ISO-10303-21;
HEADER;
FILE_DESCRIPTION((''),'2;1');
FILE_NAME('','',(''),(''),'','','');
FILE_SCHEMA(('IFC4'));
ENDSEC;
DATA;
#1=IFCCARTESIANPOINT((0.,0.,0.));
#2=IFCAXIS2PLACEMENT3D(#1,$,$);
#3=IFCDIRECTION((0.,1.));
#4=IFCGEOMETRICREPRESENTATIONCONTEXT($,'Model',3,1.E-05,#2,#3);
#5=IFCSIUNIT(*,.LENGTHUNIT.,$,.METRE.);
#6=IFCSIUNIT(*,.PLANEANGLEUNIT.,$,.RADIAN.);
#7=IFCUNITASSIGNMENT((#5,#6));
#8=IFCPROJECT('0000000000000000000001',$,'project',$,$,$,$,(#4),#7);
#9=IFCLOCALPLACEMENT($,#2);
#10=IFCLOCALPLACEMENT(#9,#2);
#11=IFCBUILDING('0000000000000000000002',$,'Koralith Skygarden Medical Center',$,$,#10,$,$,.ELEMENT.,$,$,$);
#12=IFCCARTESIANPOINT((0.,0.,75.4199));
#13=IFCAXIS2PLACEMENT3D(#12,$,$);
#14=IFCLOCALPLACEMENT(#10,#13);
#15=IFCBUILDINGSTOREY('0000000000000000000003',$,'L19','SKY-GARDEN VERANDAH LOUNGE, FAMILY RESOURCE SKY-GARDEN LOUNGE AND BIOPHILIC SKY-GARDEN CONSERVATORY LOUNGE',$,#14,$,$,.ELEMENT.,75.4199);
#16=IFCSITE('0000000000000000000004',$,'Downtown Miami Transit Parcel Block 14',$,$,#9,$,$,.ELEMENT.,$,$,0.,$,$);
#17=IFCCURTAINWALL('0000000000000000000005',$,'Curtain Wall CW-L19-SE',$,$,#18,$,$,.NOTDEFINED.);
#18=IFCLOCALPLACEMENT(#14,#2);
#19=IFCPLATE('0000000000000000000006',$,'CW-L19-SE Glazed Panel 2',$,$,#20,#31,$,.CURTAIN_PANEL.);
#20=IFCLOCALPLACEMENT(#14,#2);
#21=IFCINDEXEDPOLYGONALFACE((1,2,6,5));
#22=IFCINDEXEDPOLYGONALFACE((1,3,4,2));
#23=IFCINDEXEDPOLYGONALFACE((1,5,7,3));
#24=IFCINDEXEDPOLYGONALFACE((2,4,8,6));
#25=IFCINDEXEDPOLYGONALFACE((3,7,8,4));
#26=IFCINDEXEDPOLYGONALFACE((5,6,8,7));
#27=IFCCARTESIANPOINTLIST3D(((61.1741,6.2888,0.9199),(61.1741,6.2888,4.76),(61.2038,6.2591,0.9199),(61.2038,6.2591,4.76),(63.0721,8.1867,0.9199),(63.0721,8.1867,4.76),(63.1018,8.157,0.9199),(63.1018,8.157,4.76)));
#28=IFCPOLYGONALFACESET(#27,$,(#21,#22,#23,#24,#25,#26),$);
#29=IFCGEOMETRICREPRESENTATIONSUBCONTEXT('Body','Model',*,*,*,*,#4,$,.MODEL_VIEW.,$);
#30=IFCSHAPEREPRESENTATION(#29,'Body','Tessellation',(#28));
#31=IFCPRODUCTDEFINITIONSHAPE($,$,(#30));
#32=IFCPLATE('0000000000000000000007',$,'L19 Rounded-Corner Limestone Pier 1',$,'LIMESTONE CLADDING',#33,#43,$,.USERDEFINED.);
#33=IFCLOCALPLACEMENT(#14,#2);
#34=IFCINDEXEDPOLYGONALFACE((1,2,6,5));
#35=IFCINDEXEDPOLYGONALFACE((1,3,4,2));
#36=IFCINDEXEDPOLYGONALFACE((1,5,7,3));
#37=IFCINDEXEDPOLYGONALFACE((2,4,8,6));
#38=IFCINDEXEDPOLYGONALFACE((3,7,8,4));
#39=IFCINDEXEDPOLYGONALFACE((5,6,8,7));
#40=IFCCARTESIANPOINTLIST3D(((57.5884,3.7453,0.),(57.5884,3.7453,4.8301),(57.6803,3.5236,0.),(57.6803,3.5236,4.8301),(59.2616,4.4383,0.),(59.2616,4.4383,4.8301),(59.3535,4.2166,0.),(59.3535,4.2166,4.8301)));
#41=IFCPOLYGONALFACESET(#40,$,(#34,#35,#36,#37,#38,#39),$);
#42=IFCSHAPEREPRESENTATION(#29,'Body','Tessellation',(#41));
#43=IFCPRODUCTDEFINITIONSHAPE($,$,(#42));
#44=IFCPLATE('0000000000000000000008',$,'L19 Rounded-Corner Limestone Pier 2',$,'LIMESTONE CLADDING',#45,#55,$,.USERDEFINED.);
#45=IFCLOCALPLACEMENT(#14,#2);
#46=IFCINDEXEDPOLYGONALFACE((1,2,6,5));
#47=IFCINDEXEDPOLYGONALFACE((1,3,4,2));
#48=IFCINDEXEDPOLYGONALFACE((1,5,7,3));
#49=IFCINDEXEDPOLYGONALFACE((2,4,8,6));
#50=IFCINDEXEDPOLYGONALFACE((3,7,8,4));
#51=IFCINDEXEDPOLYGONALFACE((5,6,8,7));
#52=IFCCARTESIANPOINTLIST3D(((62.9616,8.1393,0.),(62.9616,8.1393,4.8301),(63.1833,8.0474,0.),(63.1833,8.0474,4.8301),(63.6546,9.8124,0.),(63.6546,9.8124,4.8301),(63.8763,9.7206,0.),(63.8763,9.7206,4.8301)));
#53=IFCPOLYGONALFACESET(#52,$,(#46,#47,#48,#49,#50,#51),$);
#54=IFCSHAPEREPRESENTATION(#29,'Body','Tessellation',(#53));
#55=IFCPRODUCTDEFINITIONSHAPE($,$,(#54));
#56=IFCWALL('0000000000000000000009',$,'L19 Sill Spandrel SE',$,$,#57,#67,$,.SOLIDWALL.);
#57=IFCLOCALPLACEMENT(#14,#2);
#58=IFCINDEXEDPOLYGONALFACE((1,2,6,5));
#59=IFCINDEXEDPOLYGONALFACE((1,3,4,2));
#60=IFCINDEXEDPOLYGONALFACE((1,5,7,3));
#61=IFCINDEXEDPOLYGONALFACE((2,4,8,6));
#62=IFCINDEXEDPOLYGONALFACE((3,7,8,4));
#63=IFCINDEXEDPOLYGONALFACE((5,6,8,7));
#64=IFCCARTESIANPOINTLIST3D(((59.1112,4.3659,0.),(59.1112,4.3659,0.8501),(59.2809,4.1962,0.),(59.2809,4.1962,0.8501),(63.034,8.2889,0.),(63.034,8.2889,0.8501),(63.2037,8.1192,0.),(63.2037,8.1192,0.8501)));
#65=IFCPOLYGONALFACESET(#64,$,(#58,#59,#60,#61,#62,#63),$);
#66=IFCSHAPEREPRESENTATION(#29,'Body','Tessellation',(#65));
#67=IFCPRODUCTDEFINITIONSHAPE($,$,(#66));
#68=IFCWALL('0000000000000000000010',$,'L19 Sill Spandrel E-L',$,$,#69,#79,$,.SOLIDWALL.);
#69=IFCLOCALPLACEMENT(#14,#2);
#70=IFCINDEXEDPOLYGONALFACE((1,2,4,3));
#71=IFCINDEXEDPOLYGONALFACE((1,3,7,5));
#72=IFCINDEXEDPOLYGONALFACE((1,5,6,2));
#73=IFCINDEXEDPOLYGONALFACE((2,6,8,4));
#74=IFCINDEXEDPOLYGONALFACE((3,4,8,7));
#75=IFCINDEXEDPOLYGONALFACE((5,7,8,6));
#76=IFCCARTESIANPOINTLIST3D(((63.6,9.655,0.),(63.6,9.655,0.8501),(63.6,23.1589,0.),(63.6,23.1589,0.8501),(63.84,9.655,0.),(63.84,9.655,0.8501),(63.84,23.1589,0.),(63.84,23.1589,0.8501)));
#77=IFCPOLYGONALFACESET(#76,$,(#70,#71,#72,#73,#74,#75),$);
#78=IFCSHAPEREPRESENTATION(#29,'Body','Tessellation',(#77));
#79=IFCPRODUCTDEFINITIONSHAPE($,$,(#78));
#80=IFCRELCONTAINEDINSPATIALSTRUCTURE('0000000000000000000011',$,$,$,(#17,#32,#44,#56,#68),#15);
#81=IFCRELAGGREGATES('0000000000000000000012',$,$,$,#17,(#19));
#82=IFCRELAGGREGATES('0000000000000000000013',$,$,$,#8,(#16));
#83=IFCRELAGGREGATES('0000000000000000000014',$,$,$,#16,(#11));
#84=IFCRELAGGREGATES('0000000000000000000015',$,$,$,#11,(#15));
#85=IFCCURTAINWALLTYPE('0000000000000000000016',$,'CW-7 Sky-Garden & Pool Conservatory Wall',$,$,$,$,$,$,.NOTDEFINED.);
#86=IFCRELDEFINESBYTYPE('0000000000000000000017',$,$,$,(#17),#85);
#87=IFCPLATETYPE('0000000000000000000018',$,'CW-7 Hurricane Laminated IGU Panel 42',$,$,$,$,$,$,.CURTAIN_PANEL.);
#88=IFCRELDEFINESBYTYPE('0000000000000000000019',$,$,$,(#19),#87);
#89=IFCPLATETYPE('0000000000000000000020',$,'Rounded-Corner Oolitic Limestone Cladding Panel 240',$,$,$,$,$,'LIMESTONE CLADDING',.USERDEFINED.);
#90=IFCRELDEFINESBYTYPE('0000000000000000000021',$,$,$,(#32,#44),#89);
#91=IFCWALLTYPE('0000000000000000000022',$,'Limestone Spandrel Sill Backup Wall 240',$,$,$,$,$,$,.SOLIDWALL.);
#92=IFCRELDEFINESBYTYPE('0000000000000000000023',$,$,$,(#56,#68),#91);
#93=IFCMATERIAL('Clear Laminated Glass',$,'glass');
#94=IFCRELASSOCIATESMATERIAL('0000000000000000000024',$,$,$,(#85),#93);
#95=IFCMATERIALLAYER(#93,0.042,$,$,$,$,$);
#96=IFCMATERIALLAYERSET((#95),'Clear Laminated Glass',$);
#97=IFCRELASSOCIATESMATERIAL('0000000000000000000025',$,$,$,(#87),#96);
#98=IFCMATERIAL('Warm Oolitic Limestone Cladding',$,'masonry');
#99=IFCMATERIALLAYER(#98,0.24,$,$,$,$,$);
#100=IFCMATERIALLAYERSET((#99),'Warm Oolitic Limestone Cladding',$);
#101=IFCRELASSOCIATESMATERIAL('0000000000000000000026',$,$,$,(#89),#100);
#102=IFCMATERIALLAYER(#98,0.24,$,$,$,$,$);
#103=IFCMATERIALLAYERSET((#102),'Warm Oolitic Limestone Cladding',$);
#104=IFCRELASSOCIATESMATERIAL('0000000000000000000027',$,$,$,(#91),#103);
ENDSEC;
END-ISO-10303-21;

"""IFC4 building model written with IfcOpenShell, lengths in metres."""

from ifc_helpers import new_model, si_unit, direction, frame, frame_2d, origin, origin_2d, place, context, subcontext, project, spatial, rectangle, extrude, material, layer, layer_set, type_object, element, aggregate, save


model = new_model("IFC4")

# Units and contexts
model_context = context("Model", 3, precision=1e-05, world=origin(), true_north=direction((0.0, 1.0)))
body_context = subcontext(model_context, "Body", "Model", "MODEL_VIEW")
ifc_project = project(units=[si_unit("LENGTHUNIT", "METRE"), si_unit("PLANEANGLEUNIT", "RADIAN")], contexts=[model_context])

# Site, building, storey
site_placement = place(None, origin())
site = spatial("IfcSite", under=ifc_project, at=site_placement, Name="Downtown Miami Transit Parcel Block 14", CompositionType="ELEMENT", RefElevation=0.0)
building_placement = place(site_placement, origin())
building = spatial("IfcBuilding", under=site, at=building_placement, Name="Koralith Skygarden Medical Center", CompositionType="ELEMENT")
storey_placement = place(building_placement, frame((0.0, 0.0, 75.4199)))
storey = spatial("IfcBuildingStorey", under=building, at=storey_placement, Name="L19", Description="SKY-GARDEN VERANDAH LOUNGE, FAMILY RESOURCE SKY-GARDEN LOUNGE AND BIOPHILIC SKY-GARDEN CONSERVATORY LOUNGE", CompositionType="ELEMENT", Elevation=75.4199)

# Curtain wall
ifc_material_1 = material(Name="Clear Laminated Glass", Category="glass")
curtain_wall_type = type_object("IfcCurtainWallType", Name="CW-7 Sky-Garden & Pool Conservatory Wall", PredefinedType="NOTDEFINED", material=ifc_material_1)
curtain_wall_1_placement = place(storey_placement, origin())
curtain_wall_1 = element("IfcCurtainWall", 1, at=curtain_wall_1_placement, inside=storey, type_object=curtain_wall_type, Name="Curtain Wall CW-L19-SE", PredefinedType="NOTDEFINED")

# Plate
ifc_layer_1 = layer(ifc_material_1, 0.042)
ifc_layer_set_1 = layer_set([ifc_layer_1], Name="Clear Laminated Glass")
plate_type_1 = type_object("IfcPlateType", Name="CW-7 Hurricane Laminated IGU Panel 42", PredefinedType="CURTAIN_PANEL", material=ifc_layer_set_1)
plate_1_placement = place(storey_placement, frame((62.1379, 7.2229, 0.9199), z_axis=(0.0, 0.0, 1.0), x_axis=(0.707107, 0.707107, 0.0)))
plate_1 = element("IfcPlate", 2, at=plate_1_placement, type_object=plate_type_1, Name="CW-L19-SE Glazed Panel 2", PredefinedType="CURTAIN_PANEL", context=body_context, shape_type="SweptSolid", body=[
    extrude(rectangle(XDim=2.6841, YDim=0.042, at=origin_2d()), origin(), (0.0, 0.0, 1.0), 3.8401),
])
aggregate(curtain_wall_1, [plate_1])

# Plates
ifc_material_2 = material(Name="Warm Oolitic Limestone Cladding", Category="masonry")
ifc_layer_2 = layer(ifc_material_2, 0.24)
ifc_layer_set_2 = layer_set([ifc_layer_2], Name="Warm Oolitic Limestone Cladding")
plate_type_2 = type_object("IfcPlateType", Name="Rounded-Corner Oolitic Limestone Cladding Panel 240", ElementType="LIMESTONE CLADDING", PredefinedType="USERDEFINED", material=ifc_layer_set_2)
for number, where, z_axis, x_axis, name in (
    (3, (58.4709, 3.981, 0.0), (0.0, 0.0, 1.0), (0.923885, 0.382671, 0.0), "L19 Rounded-Corner Limestone Pier 1"),
    (4, (63.4189, 8.9299, 0.0), (0.0, 0.0, 1.0), (0.382671, 0.923885, 0.0), "L19 Rounded-Corner Limestone Pier 2"),
):
    element("IfcPlate", number, at=place(storey_placement, frame(where, z_axis=z_axis, x_axis=x_axis)), inside=storey, type_object=plate_type_2, Name=name, ObjectType="LIMESTONE CLADDING", PredefinedType="USERDEFINED", context=body_context, shape_type="SweptSolid", body=[
        extrude(rectangle(XDim=1.811, YDim=0.24, at=origin_2d()), origin(), (0.0, 0.0, 1.0), 4.8301),
    ])

# Walls
ifc_layer_3 = layer(ifc_material_2, 0.24)
ifc_layer_set_3 = layer_set([ifc_layer_3], Name="Warm Oolitic Limestone Cladding")
wall_type = type_object("IfcWallType", Name="Limestone Spandrel Sill Backup Wall 240", PredefinedType="SOLIDWALL", material=ifc_layer_set_3)
wall_1_placement = place(storey_placement, frame((59.196, 4.281, 0.0), z_axis=(0.0, 0.0, 1.0), x_axis=(0.707085, 0.707129, 0.0)))
element("IfcWall", 5, at=wall_1_placement, inside=storey, type_object=wall_type, Name="L19 Sill Spandrel SE", PredefinedType="SOLIDWALL", context=body_context, shape_type="SweptSolid", body=[
    extrude(rectangle(XDim=5.5479, YDim=0.24, at=frame_2d((2.7739, 0.0))), origin(), (0.0, 0.0, 1.0), 0.8501),
])
wall_2_placement = place(storey_placement, frame((63.72, 9.655, 0.0), z_axis=(0.0, 0.0, 1.0), x_axis=(0.0, 1.0, 0.0)))
element("IfcWall", 6, at=wall_2_placement, inside=storey, type_object=wall_type, Name="L19 Sill Spandrel E-L", PredefinedType="SOLIDWALL", context=body_context, shape_type="SweptSolid", body=[
    extrude(rectangle(XDim=13.5039, YDim=0.24, at=frame_2d((6.752, 0.0))), origin(), (0.0, 0.0, 1.0), 0.8501),
])

save(model, "model.ifc")
